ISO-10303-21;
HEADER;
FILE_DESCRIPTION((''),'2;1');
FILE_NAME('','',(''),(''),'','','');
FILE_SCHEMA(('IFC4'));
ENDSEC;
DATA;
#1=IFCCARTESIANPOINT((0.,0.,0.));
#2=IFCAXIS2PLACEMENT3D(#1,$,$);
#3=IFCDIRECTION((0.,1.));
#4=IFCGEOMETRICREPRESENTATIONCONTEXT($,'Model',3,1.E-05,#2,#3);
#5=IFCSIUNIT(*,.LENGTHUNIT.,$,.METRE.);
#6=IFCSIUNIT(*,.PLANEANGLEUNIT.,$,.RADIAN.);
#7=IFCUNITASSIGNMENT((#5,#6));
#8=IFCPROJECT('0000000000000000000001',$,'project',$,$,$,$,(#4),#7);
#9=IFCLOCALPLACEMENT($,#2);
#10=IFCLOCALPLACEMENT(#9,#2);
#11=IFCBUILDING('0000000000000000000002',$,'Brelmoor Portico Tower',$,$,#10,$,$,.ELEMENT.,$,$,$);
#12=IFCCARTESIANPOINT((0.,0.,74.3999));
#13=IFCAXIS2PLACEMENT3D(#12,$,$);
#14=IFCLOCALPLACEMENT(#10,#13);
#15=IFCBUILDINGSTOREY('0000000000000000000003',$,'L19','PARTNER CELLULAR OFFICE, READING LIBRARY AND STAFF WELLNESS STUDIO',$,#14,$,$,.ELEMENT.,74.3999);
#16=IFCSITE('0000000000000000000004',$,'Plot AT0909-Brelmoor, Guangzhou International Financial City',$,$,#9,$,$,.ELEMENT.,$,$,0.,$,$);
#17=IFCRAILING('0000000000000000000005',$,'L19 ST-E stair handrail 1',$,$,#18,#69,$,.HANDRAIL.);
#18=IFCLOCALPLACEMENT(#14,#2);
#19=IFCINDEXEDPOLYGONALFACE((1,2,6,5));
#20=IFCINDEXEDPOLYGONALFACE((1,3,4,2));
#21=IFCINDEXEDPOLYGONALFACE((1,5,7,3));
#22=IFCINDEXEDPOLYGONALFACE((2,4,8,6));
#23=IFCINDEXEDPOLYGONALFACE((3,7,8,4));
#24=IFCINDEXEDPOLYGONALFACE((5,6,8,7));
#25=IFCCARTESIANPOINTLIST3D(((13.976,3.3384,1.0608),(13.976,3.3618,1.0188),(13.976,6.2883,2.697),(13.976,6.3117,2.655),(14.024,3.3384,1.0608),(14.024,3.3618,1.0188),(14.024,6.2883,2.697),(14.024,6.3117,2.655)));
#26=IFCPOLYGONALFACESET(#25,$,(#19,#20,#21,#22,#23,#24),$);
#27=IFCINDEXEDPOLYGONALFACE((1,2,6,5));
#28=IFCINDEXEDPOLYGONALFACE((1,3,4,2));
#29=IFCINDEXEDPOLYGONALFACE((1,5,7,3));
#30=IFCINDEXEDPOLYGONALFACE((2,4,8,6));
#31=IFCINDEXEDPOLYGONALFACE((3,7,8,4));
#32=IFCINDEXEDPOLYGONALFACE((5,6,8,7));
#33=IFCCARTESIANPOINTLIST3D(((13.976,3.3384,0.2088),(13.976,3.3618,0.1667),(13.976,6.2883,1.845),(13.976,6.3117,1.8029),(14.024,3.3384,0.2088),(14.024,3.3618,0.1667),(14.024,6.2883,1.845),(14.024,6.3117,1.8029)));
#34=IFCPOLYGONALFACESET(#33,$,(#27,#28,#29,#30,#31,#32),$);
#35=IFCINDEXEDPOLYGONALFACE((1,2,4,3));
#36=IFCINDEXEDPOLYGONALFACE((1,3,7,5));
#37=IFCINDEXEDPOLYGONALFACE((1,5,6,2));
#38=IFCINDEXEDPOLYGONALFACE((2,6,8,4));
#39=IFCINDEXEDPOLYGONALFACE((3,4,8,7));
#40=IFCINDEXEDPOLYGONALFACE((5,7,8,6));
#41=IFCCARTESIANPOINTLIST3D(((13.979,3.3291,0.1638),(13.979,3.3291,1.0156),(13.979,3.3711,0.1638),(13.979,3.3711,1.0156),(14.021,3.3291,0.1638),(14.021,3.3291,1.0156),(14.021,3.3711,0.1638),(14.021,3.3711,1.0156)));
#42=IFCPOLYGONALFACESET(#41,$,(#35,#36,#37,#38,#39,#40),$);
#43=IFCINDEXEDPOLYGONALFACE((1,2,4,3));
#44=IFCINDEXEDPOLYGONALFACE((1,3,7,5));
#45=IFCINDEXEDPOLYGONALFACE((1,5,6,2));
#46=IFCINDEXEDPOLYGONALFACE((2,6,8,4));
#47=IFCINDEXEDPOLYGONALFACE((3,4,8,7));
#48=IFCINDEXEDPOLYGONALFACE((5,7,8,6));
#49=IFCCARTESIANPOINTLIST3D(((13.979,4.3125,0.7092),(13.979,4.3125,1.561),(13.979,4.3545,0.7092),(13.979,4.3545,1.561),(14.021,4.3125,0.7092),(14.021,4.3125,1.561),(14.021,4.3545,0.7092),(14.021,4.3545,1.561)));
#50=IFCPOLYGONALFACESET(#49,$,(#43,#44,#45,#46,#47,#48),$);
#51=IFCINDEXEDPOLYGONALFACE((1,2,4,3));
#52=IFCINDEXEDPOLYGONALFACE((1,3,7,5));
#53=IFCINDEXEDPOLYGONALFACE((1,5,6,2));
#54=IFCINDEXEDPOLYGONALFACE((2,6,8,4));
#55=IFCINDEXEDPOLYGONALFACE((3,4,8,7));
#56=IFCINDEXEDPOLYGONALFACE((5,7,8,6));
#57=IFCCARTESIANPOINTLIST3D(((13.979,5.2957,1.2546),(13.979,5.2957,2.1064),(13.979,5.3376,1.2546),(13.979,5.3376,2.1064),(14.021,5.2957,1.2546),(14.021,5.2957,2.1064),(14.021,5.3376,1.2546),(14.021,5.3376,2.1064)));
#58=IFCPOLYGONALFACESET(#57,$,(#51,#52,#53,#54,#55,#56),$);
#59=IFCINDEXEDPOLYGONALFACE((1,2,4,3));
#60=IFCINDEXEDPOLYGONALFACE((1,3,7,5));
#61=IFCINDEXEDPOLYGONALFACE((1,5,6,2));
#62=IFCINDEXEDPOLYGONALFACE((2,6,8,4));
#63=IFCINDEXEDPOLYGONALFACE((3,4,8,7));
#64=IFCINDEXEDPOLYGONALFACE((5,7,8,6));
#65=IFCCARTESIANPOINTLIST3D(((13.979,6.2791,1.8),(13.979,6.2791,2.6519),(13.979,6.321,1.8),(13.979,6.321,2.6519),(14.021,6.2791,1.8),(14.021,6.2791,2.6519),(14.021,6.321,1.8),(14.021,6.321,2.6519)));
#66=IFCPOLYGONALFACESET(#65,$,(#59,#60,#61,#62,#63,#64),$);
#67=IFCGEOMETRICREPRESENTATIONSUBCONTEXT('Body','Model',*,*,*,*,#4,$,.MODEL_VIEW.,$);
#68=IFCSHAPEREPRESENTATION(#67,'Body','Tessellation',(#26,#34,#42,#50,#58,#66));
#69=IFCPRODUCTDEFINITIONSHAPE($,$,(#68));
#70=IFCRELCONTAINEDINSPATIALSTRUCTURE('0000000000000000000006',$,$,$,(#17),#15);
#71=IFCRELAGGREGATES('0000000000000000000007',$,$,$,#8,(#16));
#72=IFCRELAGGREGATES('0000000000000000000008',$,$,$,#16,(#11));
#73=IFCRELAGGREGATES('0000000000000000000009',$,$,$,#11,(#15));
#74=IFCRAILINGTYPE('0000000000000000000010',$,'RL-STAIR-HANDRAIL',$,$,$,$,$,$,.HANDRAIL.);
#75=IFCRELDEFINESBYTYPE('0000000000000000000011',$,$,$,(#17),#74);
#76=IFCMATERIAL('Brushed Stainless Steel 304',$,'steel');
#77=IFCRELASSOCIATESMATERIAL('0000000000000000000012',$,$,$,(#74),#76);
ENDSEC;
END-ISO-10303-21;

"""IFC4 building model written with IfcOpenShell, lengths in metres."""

from ifc_helpers import new_model, si_unit, direction, frame, origin, origin_2d, place, context, subcontext, project, spatial, rectangle, extrude, material, type_object, element, save


model = new_model("IFC4")

# Units and contexts
model_context = context("Model", 3, precision=1e-05, world=origin(), true_north=direction((0.0, 1.0)))
body_context = subcontext(model_context, "Body", "Model", "MODEL_VIEW")
ifc_project = project(units=[si_unit("LENGTHUNIT", "METRE"), si_unit("PLANEANGLEUNIT", "RADIAN")], contexts=[model_context])

# Site, building, storey
site_placement = place(None, origin())
site = spatial("IfcSite", under=ifc_project, at=site_placement, Name="Plot AT0909-Brelmoor, Guangzhou International Financial City", CompositionType="ELEMENT", RefElevation=0.0)
building_placement = place(site_placement, origin())
building = spatial("IfcBuilding", under=site, at=building_placement, Name="Brelmoor Portico Tower", CompositionType="ELEMENT")
storey_placement = place(building_placement, frame((0.0, 0.0, 74.3999)))
storey = spatial("IfcBuildingStorey", under=building, at=storey_placement, Name="L19", Description="PARTNER CELLULAR OFFICE, READING LIBRARY AND STAFF WELLNESS STUDIO", CompositionType="ELEMENT", Elevation=74.3999)

# Railing
ifc_material_1 = material(Name="Brushed Stainless Steel 304", Category="steel")
railing_type_1 = type_object("IfcRailingType", Name="RL-STAIR-HANDRAIL", PredefinedType="HANDRAIL", material=ifc_material_1)
railing_1_placement = place(storey_placement, frame((14.0, 3.3501, 0.1638)))
element("IfcRailing", 1, at=railing_1_placement, inside=storey, type_object=railing_type_1, Name="L19 ST-E stair handrail 1", PredefinedType="HANDRAIL", context=body_context, shape_type="SweptSolid", body=[
    extrude(rectangle(XDim=0.0481, YDim=0.0481, at=origin_2d()), frame((0.0, 0.0, 0.876), z_axis=(0.0, 0.874488, 0.485047), x_axis=(-1.0, 0.0, 0.0)), (0.0, 0.0, 1.0), 3.3733),
    extrude(rectangle(XDim=0.0481, YDim=0.0481, at=origin_2d()), frame((0.0, 0.0, 0.0239), z_axis=(0.0, 0.874488, 0.485047), x_axis=(-1.0, 0.0, 0.0)), (0.0, 0.0, 1.0), 3.3733),
    extrude(rectangle(XDim=0.042, YDim=0.042, at=origin_2d()), origin(), (0.0, 0.0, 1.0), 0.8518),
    extrude(rectangle(XDim=0.042, YDim=0.042, at=origin_2d()), frame((0.0, 0.9834, 0.5454)), (0.0, 0.0, 1.0), 0.8518),
    extrude(rectangle(XDim=0.042, YDim=0.042, at=origin_2d()), frame((0.0, 1.9666, 1.0908)), (0.0, 0.0, 1.0), 0.8518),
    extrude(rectangle(XDim=0.042, YDim=0.042, at=origin_2d()), frame((0.0, 2.95, 1.6362)), (0.0, 0.0, 1.0), 0.8518),
])

save(model, "model.ifc")
